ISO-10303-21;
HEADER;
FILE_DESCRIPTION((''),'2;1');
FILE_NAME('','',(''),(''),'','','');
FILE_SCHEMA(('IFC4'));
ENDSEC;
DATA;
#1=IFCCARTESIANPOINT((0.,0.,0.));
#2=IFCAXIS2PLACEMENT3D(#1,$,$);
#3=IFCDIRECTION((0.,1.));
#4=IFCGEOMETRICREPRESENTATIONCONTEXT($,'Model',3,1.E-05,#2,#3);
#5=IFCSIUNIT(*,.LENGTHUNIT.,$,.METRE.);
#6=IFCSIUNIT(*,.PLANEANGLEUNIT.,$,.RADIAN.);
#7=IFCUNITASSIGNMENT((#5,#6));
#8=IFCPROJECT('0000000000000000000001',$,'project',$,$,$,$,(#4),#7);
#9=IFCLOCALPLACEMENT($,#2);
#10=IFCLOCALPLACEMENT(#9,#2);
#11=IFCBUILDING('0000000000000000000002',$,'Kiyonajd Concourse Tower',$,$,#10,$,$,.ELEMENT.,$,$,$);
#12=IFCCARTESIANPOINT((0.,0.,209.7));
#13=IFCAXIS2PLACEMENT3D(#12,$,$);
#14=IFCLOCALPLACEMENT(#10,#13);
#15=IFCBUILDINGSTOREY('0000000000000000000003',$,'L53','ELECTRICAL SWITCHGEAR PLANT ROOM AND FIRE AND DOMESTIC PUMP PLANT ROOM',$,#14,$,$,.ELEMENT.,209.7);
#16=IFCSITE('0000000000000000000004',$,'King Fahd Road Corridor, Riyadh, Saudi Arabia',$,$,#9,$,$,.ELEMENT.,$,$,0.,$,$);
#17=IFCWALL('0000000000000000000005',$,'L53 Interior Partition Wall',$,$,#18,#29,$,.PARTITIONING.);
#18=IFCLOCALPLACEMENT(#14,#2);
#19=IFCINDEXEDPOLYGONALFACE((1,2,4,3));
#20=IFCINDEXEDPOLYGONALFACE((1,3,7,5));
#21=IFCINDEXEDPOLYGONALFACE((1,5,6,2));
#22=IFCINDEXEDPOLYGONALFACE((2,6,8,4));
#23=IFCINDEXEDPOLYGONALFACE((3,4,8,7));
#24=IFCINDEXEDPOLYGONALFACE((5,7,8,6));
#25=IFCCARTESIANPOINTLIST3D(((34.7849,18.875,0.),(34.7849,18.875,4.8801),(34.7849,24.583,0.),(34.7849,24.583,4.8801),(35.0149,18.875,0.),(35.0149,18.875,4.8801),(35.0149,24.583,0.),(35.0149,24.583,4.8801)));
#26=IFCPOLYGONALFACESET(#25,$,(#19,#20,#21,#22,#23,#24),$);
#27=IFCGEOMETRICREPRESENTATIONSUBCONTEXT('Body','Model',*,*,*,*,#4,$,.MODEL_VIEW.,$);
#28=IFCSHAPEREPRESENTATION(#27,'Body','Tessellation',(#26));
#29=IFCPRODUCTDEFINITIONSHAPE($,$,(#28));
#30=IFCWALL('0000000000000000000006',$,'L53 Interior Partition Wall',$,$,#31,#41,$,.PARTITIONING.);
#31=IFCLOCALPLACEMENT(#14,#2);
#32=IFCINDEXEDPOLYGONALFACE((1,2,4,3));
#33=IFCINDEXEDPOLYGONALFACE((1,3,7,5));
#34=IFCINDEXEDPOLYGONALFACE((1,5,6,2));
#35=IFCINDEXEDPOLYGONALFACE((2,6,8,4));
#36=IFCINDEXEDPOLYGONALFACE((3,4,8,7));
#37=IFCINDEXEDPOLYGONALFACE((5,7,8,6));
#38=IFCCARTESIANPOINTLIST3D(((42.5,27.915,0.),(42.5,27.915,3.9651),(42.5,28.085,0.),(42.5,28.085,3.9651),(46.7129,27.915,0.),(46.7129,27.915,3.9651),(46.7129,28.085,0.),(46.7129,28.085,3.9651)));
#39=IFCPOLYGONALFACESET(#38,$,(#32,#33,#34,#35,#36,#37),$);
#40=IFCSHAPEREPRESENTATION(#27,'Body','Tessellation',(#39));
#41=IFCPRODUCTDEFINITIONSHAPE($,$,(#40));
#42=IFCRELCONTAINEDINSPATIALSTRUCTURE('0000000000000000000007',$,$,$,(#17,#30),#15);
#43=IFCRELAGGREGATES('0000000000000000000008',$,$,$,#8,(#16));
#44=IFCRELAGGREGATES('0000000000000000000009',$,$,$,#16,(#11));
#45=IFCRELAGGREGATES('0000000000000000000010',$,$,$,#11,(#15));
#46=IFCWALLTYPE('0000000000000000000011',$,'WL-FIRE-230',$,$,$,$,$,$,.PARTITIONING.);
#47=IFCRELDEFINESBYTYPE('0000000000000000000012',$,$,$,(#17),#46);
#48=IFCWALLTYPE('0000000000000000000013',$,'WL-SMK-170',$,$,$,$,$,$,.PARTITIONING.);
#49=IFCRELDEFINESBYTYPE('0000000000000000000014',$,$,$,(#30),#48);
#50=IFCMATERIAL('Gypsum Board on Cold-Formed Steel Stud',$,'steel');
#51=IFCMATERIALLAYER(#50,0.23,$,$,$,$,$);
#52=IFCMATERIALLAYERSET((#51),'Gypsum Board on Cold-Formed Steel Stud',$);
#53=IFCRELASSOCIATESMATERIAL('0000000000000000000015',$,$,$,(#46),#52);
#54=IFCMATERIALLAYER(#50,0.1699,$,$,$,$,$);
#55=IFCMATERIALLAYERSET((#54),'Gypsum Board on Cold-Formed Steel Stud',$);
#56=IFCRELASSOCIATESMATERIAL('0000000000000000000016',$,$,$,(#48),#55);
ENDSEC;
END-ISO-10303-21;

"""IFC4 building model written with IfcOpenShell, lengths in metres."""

from ifc_helpers import new_model, si_unit, direction, frame, frame_2d, origin, place, context, subcontext, project, spatial, rectangle, extrude, material, layer, layer_set, type_object, element, save


model = new_model("IFC4")

# Units and contexts
model_context = context("Model", 3, precision=1e-05, world=origin(), true_north=direction((0.0, 1.0)))
body_context = subcontext(model_context, "Body", "Model", "MODEL_VIEW")
ifc_project = project(units=[si_unit("LENGTHUNIT", "METRE"), si_unit("PLANEANGLEUNIT", "RADIAN")], contexts=[model_context])

# Site, building, storey
site_placement = place(None, origin())
site = spatial("IfcSite", under=ifc_project, at=site_placement, Name="King Fahd Road Corridor, Riyadh, Saudi Arabia", CompositionType="ELEMENT", RefElevation=0.0)
building_placement = place(site_placement, origin())
building = spatial("IfcBuilding", under=site, at=building_placement, Name="Kiyonajd Concourse Tower", CompositionType="ELEMENT")
storey_placement = place(building_placement, frame((0.0, 0.0, 209.7)))
storey = spatial("IfcBuildingStorey", under=building, at=storey_placement, Name="L53", Description="ELECTRICAL SWITCHGEAR PLANT ROOM AND FIRE AND DOMESTIC PUMP PLANT ROOM", CompositionType="ELEMENT", Elevation=209.7)

# Walls
ifc_material_1 = material(Name="Gypsum Board on Cold-Formed Steel Stud", Category="steel")
ifc_layer_1 = layer(ifc_material_1, 0.23)
ifc_layer_set_1 = layer_set([ifc_layer_1], Name="Gypsum Board on Cold-Formed Steel Stud")
wall_type_1 = type_object("IfcWallType", Name="WL-FIRE-230", PredefinedType="PARTITIONING", material=ifc_layer_set_1)
wall_1_placement = place(storey_placement, frame((34.8999, 18.875, 0.0), z_axis=(0.0, 0.0, 1.0), x_axis=(0.0, 1.0, 0.0)))
element("IfcWall", 1, at=wall_1_placement, inside=storey, type_object=wall_type_1, Name="L53 Interior Partition Wall", PredefinedType="PARTITIONING", context=body_context, shape_type="SweptSolid", body=[
    extrude(rectangle(XDim=5.708, YDim=0.23, at=frame_2d((2.854, 0.0))), origin(), (0.0, 0.0, 1.0), 4.8801),
])
ifc_layer_2 = layer(ifc_material_1, 0.1699)
ifc_layer_set_2 = layer_set([ifc_layer_2], Name="Gypsum Board on Cold-Formed Steel Stud")
wall_type_2 = type_object("IfcWallType", Name="WL-SMK-170", PredefinedType="PARTITIONING", material=ifc_layer_set_2)
wall_2_placement = place(storey_placement, frame((42.5, 28.0, 0.0), z_axis=(0.0, 0.0, 1.0), x_axis=(1.0, 0.0, 0.0)))
element("IfcWall", 2, at=wall_2_placement, inside=storey, type_object=wall_type_2, Name="L53 Interior Partition Wall", PredefinedType="PARTITIONING", context=body_context, shape_type="SweptSolid", body=[
    extrude(rectangle(XDim=4.2129, YDim=0.1699, at=frame_2d((2.1064, 0.0))), origin(), (0.0, 0.0, 1.0), 3.9651),
])

save(model, "model.ifc")
